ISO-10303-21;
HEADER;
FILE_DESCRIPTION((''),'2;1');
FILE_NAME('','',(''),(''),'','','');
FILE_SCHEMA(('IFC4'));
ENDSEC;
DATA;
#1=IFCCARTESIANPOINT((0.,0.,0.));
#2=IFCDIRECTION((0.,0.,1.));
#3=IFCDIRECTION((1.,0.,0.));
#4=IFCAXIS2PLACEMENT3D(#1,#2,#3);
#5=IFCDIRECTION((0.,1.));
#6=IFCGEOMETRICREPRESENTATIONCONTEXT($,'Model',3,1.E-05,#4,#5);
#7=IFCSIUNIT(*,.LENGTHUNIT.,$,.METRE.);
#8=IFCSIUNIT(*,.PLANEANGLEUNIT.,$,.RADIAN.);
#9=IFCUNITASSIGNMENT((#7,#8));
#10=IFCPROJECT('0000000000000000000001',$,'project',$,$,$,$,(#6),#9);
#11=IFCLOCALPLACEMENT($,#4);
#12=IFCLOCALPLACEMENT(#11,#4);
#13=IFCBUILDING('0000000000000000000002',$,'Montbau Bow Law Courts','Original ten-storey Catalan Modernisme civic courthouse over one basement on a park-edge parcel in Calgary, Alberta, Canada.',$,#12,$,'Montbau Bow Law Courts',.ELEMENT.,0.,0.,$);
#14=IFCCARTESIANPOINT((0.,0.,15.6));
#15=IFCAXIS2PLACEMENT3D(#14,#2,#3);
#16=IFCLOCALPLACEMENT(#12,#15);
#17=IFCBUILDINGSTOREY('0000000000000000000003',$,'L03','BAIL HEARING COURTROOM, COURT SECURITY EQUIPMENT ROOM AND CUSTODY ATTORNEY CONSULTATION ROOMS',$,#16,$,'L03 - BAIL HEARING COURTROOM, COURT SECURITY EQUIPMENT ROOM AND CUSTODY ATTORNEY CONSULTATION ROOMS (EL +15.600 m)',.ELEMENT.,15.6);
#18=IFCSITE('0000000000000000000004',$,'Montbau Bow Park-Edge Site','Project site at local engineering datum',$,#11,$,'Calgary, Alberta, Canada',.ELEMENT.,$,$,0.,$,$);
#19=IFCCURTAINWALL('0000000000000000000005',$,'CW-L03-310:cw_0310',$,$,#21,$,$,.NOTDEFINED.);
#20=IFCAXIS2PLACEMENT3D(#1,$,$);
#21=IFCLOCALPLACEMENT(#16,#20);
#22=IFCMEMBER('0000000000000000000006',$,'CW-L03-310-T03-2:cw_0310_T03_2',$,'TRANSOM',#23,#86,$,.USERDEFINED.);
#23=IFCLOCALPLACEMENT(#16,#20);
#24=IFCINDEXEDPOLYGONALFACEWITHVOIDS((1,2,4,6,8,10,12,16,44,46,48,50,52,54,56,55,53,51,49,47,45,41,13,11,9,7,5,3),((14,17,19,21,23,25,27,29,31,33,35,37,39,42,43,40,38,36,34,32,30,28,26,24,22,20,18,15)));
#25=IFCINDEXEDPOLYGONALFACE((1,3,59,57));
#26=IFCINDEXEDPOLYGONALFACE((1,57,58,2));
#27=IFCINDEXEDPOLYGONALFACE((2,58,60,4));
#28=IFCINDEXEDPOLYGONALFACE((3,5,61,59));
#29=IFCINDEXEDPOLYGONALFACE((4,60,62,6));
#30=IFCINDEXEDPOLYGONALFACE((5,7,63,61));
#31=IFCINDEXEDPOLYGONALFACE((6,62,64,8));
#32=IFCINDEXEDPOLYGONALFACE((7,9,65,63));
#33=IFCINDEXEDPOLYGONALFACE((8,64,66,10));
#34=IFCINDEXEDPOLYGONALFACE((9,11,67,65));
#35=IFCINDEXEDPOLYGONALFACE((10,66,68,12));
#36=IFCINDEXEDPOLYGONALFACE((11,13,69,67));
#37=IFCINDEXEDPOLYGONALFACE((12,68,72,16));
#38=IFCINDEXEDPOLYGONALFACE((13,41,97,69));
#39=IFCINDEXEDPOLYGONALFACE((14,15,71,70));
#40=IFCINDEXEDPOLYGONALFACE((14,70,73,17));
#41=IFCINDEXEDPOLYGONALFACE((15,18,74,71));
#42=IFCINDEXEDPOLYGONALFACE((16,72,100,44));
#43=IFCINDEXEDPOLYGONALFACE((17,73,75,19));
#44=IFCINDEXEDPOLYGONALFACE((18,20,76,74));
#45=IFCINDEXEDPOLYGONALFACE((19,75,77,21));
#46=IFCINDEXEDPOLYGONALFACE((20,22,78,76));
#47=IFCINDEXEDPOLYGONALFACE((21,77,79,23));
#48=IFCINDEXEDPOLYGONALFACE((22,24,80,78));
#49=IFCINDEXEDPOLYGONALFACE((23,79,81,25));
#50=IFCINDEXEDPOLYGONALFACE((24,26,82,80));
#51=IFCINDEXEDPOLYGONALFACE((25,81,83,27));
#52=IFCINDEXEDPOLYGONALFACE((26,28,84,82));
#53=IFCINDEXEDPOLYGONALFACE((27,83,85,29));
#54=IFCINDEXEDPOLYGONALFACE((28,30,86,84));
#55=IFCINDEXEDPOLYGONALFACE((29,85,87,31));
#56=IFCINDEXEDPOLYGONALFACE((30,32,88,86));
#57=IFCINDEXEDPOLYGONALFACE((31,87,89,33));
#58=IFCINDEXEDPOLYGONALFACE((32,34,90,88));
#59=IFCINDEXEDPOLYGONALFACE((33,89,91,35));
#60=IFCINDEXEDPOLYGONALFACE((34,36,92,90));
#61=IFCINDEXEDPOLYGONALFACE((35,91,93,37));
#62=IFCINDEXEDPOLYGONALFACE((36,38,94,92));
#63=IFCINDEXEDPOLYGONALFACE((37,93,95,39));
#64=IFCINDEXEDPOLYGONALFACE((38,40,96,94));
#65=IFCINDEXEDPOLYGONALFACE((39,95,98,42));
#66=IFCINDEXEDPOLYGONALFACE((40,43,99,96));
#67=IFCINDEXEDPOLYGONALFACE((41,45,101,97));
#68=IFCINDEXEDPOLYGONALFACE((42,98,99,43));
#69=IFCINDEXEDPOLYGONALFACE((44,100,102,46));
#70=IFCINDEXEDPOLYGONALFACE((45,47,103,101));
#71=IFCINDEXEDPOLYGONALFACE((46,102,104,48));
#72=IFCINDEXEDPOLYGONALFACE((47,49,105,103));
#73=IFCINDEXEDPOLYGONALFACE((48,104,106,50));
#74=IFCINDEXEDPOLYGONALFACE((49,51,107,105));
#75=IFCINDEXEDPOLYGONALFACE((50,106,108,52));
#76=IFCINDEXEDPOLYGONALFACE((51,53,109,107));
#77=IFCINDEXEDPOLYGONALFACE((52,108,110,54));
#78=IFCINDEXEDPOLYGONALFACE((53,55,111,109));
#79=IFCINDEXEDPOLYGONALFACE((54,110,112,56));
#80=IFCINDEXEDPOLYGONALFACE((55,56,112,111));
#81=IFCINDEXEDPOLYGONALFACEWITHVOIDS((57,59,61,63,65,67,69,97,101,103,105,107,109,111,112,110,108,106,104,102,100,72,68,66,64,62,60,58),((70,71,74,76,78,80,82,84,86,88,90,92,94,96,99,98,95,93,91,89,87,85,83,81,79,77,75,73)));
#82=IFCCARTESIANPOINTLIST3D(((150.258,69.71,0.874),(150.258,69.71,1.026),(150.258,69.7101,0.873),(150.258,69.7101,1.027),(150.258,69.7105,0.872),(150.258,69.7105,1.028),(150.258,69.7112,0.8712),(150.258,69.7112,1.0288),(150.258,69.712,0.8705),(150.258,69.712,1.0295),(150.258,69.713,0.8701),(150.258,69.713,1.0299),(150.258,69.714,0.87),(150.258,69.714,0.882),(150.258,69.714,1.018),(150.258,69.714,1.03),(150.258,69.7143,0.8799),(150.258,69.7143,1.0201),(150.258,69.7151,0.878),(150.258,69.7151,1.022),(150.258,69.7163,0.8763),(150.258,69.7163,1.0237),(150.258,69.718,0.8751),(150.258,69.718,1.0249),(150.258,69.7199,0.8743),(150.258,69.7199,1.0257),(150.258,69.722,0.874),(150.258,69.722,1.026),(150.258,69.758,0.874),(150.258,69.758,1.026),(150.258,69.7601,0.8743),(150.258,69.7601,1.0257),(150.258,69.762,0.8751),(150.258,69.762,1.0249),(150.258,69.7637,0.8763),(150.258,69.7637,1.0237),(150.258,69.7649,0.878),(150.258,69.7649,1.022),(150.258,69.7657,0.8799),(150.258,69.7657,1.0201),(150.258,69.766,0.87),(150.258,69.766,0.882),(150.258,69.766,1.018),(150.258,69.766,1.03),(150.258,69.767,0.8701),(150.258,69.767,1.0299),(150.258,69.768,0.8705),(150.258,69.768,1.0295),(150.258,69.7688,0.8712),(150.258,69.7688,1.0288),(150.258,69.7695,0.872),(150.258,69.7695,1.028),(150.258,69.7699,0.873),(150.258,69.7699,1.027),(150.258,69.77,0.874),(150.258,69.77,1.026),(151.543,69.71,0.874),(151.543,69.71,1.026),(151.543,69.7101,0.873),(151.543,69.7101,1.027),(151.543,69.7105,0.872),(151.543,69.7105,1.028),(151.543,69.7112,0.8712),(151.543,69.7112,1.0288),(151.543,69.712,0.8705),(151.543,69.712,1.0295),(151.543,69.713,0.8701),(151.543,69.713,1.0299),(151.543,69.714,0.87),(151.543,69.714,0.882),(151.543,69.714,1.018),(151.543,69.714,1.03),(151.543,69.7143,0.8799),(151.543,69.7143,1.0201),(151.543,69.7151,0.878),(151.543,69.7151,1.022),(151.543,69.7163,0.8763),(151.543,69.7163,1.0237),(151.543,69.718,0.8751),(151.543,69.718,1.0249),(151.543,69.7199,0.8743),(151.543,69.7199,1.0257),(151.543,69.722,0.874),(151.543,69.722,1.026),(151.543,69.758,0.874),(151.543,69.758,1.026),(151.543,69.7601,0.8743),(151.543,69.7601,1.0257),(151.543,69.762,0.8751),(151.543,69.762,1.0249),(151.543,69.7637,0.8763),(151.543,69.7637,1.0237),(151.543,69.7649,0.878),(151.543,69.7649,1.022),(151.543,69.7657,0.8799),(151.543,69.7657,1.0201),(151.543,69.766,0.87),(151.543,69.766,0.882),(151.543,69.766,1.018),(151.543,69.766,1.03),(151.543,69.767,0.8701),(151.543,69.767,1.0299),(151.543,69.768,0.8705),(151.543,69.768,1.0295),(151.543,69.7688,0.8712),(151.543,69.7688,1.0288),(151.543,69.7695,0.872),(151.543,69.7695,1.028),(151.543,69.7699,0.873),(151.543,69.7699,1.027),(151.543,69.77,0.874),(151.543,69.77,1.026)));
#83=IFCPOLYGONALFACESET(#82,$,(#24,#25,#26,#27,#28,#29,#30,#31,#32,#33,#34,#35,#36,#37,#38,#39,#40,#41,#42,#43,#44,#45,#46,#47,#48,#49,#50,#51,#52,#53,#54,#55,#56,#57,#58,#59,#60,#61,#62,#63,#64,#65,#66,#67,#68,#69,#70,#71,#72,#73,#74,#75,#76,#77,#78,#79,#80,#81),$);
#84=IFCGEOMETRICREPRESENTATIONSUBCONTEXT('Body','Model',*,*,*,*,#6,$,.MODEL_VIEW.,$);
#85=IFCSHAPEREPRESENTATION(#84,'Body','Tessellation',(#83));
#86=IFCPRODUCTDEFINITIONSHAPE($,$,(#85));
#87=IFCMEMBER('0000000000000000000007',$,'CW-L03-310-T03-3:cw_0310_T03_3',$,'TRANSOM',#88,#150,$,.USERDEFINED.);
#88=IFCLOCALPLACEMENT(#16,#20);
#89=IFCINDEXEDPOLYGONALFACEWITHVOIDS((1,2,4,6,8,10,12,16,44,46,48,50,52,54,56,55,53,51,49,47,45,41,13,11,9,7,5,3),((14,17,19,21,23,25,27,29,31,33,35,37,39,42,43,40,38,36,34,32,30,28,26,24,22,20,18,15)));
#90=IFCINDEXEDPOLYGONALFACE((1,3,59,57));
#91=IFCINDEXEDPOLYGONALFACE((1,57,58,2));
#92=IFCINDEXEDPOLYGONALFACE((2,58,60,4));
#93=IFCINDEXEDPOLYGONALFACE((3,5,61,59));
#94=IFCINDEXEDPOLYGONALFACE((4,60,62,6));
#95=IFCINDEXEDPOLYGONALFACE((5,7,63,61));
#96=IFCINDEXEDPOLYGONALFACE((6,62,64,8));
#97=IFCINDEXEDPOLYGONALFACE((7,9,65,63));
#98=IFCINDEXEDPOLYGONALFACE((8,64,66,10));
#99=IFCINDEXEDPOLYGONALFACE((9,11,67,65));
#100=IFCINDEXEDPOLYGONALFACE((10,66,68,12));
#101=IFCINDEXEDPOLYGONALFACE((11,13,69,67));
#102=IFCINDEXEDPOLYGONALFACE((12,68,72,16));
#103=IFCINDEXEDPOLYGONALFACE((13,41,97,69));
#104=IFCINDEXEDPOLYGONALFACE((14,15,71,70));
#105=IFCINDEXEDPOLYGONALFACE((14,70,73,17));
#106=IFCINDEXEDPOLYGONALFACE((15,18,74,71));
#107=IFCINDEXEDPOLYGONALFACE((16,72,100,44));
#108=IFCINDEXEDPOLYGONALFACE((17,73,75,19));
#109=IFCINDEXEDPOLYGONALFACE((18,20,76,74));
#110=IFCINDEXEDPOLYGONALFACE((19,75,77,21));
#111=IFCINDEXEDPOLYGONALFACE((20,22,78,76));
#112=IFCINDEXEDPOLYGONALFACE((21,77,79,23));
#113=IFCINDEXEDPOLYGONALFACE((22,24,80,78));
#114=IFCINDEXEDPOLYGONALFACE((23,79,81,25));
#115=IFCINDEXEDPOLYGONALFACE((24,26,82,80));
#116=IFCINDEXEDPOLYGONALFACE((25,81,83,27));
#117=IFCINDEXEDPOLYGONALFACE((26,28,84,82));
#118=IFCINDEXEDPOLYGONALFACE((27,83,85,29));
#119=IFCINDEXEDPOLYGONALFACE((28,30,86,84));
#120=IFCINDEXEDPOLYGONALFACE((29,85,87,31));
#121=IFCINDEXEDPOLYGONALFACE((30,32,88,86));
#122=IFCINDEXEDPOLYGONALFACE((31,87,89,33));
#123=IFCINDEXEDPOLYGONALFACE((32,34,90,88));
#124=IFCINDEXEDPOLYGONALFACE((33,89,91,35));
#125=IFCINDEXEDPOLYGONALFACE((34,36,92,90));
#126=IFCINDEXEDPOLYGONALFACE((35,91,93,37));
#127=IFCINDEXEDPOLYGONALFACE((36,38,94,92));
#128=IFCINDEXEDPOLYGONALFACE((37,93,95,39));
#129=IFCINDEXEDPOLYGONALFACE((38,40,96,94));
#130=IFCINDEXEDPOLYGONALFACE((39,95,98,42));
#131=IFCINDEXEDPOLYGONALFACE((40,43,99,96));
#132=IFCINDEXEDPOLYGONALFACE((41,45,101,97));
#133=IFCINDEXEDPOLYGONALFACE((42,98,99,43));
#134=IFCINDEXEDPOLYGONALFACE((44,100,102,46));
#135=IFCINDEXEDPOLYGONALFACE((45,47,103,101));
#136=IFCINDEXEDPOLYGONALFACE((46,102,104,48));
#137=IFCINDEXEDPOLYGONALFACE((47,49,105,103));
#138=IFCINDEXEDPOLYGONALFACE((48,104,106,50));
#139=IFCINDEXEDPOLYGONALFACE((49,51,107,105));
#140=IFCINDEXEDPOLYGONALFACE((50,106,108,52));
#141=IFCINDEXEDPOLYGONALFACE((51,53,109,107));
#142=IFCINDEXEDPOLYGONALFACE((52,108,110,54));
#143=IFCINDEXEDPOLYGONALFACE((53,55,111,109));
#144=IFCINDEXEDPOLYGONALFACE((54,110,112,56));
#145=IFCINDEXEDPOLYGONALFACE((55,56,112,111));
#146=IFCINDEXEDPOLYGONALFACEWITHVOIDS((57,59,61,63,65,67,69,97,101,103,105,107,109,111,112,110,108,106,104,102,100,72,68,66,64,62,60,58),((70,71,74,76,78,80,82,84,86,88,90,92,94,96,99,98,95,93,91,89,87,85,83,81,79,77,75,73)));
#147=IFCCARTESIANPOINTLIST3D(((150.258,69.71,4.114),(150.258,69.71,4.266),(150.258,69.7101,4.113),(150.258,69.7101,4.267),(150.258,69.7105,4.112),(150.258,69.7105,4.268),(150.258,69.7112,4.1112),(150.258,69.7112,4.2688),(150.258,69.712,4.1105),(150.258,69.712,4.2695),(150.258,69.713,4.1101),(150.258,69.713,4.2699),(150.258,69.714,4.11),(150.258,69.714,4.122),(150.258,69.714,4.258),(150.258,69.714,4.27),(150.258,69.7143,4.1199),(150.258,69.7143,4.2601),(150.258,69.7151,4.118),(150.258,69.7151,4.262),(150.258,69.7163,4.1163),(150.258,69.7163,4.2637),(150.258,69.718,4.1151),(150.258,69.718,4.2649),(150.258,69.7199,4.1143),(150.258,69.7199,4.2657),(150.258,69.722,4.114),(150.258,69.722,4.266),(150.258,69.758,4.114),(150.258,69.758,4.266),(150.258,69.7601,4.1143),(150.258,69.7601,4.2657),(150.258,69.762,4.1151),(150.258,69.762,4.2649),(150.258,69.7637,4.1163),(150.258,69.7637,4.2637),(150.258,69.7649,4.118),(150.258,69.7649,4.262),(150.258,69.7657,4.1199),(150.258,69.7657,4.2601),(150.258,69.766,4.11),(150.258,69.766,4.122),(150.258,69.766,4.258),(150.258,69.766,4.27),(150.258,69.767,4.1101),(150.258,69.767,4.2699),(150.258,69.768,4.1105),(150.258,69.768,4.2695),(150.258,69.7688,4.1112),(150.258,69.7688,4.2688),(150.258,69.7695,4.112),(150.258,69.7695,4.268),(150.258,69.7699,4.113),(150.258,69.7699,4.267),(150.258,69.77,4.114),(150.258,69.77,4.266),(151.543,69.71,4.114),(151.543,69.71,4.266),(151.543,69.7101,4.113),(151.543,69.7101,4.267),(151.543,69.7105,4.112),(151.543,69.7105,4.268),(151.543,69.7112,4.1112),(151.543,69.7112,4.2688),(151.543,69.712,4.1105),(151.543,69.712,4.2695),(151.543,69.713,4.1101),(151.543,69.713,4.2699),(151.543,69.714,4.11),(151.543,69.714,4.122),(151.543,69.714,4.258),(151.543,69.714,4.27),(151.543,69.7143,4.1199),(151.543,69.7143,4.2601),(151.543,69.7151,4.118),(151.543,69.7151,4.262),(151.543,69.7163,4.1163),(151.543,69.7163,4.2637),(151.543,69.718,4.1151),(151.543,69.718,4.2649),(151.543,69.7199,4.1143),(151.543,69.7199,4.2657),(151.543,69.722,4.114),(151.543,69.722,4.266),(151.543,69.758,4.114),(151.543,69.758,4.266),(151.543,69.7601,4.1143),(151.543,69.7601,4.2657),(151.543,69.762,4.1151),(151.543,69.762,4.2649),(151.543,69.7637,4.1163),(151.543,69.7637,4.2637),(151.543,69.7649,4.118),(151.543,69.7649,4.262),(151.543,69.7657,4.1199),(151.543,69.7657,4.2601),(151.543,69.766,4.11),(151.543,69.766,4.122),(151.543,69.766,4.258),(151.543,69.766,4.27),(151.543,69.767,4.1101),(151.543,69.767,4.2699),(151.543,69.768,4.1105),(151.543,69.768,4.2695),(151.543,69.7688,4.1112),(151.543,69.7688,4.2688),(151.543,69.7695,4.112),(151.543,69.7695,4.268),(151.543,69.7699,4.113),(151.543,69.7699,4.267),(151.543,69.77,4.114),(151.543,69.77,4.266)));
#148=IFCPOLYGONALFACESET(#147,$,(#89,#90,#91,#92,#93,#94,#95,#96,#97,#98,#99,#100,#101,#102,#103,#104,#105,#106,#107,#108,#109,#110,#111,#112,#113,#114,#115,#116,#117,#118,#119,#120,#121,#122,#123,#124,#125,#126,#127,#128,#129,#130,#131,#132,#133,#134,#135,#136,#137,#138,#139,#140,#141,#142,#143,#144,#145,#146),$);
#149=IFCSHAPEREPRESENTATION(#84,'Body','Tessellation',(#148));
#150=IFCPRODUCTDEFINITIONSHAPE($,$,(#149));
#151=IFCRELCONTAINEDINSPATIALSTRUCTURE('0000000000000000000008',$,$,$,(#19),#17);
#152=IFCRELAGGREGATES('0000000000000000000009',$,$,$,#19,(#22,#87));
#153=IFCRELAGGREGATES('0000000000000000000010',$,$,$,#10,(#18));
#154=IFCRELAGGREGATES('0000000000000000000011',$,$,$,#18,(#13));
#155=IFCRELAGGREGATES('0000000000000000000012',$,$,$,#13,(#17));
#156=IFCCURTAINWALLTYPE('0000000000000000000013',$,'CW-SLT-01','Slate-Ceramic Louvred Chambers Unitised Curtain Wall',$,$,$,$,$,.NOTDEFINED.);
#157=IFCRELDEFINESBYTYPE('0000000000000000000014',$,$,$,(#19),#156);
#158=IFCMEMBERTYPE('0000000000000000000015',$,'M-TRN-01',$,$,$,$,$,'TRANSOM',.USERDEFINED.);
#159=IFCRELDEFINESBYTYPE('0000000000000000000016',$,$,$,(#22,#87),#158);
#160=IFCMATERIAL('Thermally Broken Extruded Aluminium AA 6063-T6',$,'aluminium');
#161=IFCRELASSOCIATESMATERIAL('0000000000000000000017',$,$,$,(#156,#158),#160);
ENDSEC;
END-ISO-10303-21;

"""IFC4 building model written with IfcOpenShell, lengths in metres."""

from ifc_helpers import new_model, si_unit, direction, frame, origin_with_axes, origin_2d_with_axis, place, context, subcontext, project, spatial, hollow_rectangle, extrude, material, material_profile, profile_set, type_object, element, aggregate, save


model = new_model("IFC4")

# Units and contexts
model_context = context("Model", 3, precision=1e-05, world=origin_with_axes(), true_north=direction((0.0, 1.0)))
body_context = subcontext(model_context, "Body", "Model", "MODEL_VIEW")
ifc_project = project(units=[si_unit("LENGTHUNIT", "METRE"), si_unit("PLANEANGLEUNIT", "RADIAN")], contexts=[model_context])

# Site, building, storey
site_placement = place(None, origin_with_axes())
site = spatial("IfcSite", under=ifc_project, at=site_placement, Name="Montbau Bow Park-Edge Site", Description="Project site at local engineering datum", LongName="Calgary, Alberta, Canada", CompositionType="ELEMENT", RefElevation=0.0)
building_placement = place(site_placement, origin_with_axes())
building = spatial("IfcBuilding", under=site, at=building_placement, Name="Montbau Bow Law Courts", Description="Original ten-storey Catalan Modernisme civic courthouse over one basement on a park-edge parcel in Calgary, Alberta, Canada.", LongName="Montbau Bow Law Courts", CompositionType="ELEMENT", ElevationOfRefHeight=0.0, ElevationOfTerrain=0.0)
storey_placement = place(building_placement, frame((0.0, 0.0, 15.6), z_axis=(0.0, 0.0, 1.0), x_axis=(1.0, 0.0, 0.0)))
storey = spatial("IfcBuildingStorey", under=building, at=storey_placement, Name="L03", Description="BAIL HEARING COURTROOM, COURT SECURITY EQUIPMENT ROOM AND CUSTODY ATTORNEY CONSULTATION ROOMS", LongName="L03 - BAIL HEARING COURTROOM, COURT SECURITY EQUIPMENT ROOM AND CUSTODY ATTORNEY CONSULTATION ROOMS (EL +15.600 m)", CompositionType="ELEMENT", Elevation=15.6)

# Curtain wall, members
ifc_material_1 = material(Name="Thermally Broken Extruded Aluminium AA 6063-T6", Category="aluminium")
curtain_wall_type = type_object("IfcCurtainWallType", Name="CW-SLT-01", Description="Slate-Ceramic Louvred Chambers Unitised Curtain Wall", PredefinedType="NOTDEFINED", material=ifc_material_1)
curtain_wall_placement = place(None, frame((147.515, 69.74, 15.6), z_axis=(0.0, 0.0, 1.0), x_axis=(1.0, 0.0, 0.0)))
curtain_wall = element("IfcCurtainWall", 1, at=curtain_wall_placement, inside=storey, type_object=curtain_wall_type, Name="CW-L03-310:cw_0310", PredefinedType="NOTDEFINED")
ifc_material_profile_1 = material_profile(ifc_material_1, hollow_rectangle(XDim=0.06, YDim=0.16, WallThickness=0.004, InnerFilletRadius=0.008, OuterFilletRadius=0.004, at=origin_2d_with_axis()), Name="CWT-160X60", Category="Main", Priority=0)
ifc_profile_set_1 = profile_set([ifc_material_profile_1], Name="Thermally Broken Extruded Aluminium AA 6063-T6")
member_type_1 = type_object("IfcMemberType", Name="M-TRN-01", ElementType="TRANSOM", PredefinedType="USERDEFINED", material=ifc_profile_set_1)
member_1_placement = place(None, frame((150.258, 69.74, 16.55), z_axis=(1.0, 0.0, 0.0), x_axis=(0.0, 1.0, 0.0)))
member_1 = element("IfcMember", 2, at=member_1_placement, type_object=member_type_1, Name="CW-L03-310-T03-2:cw_0310_T03_2", ObjectType="TRANSOM", PredefinedType="USERDEFINED", context=body_context, shape_type="SweptSolid", body=[
    extrude(hollow_rectangle(XDim=0.06, YDim=0.16, WallThickness=0.004, InnerFilletRadius=0.008, OuterFilletRadius=0.004, at=origin_2d_with_axis()), origin_with_axes(), (0.0, 0.0, 1.0), 1.285),
])
member_2_placement = place(None, frame((150.258, 69.74, 19.79), z_axis=(1.0, 0.0, 0.0), x_axis=(0.0, 1.0, 0.0)))
member_2 = element("IfcMember", 3, at=member_2_placement, type_object=member_type_1, Name="CW-L03-310-T03-3:cw_0310_T03_3", ObjectType="TRANSOM", PredefinedType="USERDEFINED", context=body_context, shape_type="SweptSolid", body=[
    extrude(hollow_rectangle(XDim=0.06, YDim=0.16, WallThickness=0.004, InnerFilletRadius=0.008, OuterFilletRadius=0.004, at=origin_2d_with_axis()), origin_with_axes(), (0.0, 0.0, 1.0), 1.285),
])
aggregate(curtain_wall, [member_1, member_2])

save(model, "model.ifc")
